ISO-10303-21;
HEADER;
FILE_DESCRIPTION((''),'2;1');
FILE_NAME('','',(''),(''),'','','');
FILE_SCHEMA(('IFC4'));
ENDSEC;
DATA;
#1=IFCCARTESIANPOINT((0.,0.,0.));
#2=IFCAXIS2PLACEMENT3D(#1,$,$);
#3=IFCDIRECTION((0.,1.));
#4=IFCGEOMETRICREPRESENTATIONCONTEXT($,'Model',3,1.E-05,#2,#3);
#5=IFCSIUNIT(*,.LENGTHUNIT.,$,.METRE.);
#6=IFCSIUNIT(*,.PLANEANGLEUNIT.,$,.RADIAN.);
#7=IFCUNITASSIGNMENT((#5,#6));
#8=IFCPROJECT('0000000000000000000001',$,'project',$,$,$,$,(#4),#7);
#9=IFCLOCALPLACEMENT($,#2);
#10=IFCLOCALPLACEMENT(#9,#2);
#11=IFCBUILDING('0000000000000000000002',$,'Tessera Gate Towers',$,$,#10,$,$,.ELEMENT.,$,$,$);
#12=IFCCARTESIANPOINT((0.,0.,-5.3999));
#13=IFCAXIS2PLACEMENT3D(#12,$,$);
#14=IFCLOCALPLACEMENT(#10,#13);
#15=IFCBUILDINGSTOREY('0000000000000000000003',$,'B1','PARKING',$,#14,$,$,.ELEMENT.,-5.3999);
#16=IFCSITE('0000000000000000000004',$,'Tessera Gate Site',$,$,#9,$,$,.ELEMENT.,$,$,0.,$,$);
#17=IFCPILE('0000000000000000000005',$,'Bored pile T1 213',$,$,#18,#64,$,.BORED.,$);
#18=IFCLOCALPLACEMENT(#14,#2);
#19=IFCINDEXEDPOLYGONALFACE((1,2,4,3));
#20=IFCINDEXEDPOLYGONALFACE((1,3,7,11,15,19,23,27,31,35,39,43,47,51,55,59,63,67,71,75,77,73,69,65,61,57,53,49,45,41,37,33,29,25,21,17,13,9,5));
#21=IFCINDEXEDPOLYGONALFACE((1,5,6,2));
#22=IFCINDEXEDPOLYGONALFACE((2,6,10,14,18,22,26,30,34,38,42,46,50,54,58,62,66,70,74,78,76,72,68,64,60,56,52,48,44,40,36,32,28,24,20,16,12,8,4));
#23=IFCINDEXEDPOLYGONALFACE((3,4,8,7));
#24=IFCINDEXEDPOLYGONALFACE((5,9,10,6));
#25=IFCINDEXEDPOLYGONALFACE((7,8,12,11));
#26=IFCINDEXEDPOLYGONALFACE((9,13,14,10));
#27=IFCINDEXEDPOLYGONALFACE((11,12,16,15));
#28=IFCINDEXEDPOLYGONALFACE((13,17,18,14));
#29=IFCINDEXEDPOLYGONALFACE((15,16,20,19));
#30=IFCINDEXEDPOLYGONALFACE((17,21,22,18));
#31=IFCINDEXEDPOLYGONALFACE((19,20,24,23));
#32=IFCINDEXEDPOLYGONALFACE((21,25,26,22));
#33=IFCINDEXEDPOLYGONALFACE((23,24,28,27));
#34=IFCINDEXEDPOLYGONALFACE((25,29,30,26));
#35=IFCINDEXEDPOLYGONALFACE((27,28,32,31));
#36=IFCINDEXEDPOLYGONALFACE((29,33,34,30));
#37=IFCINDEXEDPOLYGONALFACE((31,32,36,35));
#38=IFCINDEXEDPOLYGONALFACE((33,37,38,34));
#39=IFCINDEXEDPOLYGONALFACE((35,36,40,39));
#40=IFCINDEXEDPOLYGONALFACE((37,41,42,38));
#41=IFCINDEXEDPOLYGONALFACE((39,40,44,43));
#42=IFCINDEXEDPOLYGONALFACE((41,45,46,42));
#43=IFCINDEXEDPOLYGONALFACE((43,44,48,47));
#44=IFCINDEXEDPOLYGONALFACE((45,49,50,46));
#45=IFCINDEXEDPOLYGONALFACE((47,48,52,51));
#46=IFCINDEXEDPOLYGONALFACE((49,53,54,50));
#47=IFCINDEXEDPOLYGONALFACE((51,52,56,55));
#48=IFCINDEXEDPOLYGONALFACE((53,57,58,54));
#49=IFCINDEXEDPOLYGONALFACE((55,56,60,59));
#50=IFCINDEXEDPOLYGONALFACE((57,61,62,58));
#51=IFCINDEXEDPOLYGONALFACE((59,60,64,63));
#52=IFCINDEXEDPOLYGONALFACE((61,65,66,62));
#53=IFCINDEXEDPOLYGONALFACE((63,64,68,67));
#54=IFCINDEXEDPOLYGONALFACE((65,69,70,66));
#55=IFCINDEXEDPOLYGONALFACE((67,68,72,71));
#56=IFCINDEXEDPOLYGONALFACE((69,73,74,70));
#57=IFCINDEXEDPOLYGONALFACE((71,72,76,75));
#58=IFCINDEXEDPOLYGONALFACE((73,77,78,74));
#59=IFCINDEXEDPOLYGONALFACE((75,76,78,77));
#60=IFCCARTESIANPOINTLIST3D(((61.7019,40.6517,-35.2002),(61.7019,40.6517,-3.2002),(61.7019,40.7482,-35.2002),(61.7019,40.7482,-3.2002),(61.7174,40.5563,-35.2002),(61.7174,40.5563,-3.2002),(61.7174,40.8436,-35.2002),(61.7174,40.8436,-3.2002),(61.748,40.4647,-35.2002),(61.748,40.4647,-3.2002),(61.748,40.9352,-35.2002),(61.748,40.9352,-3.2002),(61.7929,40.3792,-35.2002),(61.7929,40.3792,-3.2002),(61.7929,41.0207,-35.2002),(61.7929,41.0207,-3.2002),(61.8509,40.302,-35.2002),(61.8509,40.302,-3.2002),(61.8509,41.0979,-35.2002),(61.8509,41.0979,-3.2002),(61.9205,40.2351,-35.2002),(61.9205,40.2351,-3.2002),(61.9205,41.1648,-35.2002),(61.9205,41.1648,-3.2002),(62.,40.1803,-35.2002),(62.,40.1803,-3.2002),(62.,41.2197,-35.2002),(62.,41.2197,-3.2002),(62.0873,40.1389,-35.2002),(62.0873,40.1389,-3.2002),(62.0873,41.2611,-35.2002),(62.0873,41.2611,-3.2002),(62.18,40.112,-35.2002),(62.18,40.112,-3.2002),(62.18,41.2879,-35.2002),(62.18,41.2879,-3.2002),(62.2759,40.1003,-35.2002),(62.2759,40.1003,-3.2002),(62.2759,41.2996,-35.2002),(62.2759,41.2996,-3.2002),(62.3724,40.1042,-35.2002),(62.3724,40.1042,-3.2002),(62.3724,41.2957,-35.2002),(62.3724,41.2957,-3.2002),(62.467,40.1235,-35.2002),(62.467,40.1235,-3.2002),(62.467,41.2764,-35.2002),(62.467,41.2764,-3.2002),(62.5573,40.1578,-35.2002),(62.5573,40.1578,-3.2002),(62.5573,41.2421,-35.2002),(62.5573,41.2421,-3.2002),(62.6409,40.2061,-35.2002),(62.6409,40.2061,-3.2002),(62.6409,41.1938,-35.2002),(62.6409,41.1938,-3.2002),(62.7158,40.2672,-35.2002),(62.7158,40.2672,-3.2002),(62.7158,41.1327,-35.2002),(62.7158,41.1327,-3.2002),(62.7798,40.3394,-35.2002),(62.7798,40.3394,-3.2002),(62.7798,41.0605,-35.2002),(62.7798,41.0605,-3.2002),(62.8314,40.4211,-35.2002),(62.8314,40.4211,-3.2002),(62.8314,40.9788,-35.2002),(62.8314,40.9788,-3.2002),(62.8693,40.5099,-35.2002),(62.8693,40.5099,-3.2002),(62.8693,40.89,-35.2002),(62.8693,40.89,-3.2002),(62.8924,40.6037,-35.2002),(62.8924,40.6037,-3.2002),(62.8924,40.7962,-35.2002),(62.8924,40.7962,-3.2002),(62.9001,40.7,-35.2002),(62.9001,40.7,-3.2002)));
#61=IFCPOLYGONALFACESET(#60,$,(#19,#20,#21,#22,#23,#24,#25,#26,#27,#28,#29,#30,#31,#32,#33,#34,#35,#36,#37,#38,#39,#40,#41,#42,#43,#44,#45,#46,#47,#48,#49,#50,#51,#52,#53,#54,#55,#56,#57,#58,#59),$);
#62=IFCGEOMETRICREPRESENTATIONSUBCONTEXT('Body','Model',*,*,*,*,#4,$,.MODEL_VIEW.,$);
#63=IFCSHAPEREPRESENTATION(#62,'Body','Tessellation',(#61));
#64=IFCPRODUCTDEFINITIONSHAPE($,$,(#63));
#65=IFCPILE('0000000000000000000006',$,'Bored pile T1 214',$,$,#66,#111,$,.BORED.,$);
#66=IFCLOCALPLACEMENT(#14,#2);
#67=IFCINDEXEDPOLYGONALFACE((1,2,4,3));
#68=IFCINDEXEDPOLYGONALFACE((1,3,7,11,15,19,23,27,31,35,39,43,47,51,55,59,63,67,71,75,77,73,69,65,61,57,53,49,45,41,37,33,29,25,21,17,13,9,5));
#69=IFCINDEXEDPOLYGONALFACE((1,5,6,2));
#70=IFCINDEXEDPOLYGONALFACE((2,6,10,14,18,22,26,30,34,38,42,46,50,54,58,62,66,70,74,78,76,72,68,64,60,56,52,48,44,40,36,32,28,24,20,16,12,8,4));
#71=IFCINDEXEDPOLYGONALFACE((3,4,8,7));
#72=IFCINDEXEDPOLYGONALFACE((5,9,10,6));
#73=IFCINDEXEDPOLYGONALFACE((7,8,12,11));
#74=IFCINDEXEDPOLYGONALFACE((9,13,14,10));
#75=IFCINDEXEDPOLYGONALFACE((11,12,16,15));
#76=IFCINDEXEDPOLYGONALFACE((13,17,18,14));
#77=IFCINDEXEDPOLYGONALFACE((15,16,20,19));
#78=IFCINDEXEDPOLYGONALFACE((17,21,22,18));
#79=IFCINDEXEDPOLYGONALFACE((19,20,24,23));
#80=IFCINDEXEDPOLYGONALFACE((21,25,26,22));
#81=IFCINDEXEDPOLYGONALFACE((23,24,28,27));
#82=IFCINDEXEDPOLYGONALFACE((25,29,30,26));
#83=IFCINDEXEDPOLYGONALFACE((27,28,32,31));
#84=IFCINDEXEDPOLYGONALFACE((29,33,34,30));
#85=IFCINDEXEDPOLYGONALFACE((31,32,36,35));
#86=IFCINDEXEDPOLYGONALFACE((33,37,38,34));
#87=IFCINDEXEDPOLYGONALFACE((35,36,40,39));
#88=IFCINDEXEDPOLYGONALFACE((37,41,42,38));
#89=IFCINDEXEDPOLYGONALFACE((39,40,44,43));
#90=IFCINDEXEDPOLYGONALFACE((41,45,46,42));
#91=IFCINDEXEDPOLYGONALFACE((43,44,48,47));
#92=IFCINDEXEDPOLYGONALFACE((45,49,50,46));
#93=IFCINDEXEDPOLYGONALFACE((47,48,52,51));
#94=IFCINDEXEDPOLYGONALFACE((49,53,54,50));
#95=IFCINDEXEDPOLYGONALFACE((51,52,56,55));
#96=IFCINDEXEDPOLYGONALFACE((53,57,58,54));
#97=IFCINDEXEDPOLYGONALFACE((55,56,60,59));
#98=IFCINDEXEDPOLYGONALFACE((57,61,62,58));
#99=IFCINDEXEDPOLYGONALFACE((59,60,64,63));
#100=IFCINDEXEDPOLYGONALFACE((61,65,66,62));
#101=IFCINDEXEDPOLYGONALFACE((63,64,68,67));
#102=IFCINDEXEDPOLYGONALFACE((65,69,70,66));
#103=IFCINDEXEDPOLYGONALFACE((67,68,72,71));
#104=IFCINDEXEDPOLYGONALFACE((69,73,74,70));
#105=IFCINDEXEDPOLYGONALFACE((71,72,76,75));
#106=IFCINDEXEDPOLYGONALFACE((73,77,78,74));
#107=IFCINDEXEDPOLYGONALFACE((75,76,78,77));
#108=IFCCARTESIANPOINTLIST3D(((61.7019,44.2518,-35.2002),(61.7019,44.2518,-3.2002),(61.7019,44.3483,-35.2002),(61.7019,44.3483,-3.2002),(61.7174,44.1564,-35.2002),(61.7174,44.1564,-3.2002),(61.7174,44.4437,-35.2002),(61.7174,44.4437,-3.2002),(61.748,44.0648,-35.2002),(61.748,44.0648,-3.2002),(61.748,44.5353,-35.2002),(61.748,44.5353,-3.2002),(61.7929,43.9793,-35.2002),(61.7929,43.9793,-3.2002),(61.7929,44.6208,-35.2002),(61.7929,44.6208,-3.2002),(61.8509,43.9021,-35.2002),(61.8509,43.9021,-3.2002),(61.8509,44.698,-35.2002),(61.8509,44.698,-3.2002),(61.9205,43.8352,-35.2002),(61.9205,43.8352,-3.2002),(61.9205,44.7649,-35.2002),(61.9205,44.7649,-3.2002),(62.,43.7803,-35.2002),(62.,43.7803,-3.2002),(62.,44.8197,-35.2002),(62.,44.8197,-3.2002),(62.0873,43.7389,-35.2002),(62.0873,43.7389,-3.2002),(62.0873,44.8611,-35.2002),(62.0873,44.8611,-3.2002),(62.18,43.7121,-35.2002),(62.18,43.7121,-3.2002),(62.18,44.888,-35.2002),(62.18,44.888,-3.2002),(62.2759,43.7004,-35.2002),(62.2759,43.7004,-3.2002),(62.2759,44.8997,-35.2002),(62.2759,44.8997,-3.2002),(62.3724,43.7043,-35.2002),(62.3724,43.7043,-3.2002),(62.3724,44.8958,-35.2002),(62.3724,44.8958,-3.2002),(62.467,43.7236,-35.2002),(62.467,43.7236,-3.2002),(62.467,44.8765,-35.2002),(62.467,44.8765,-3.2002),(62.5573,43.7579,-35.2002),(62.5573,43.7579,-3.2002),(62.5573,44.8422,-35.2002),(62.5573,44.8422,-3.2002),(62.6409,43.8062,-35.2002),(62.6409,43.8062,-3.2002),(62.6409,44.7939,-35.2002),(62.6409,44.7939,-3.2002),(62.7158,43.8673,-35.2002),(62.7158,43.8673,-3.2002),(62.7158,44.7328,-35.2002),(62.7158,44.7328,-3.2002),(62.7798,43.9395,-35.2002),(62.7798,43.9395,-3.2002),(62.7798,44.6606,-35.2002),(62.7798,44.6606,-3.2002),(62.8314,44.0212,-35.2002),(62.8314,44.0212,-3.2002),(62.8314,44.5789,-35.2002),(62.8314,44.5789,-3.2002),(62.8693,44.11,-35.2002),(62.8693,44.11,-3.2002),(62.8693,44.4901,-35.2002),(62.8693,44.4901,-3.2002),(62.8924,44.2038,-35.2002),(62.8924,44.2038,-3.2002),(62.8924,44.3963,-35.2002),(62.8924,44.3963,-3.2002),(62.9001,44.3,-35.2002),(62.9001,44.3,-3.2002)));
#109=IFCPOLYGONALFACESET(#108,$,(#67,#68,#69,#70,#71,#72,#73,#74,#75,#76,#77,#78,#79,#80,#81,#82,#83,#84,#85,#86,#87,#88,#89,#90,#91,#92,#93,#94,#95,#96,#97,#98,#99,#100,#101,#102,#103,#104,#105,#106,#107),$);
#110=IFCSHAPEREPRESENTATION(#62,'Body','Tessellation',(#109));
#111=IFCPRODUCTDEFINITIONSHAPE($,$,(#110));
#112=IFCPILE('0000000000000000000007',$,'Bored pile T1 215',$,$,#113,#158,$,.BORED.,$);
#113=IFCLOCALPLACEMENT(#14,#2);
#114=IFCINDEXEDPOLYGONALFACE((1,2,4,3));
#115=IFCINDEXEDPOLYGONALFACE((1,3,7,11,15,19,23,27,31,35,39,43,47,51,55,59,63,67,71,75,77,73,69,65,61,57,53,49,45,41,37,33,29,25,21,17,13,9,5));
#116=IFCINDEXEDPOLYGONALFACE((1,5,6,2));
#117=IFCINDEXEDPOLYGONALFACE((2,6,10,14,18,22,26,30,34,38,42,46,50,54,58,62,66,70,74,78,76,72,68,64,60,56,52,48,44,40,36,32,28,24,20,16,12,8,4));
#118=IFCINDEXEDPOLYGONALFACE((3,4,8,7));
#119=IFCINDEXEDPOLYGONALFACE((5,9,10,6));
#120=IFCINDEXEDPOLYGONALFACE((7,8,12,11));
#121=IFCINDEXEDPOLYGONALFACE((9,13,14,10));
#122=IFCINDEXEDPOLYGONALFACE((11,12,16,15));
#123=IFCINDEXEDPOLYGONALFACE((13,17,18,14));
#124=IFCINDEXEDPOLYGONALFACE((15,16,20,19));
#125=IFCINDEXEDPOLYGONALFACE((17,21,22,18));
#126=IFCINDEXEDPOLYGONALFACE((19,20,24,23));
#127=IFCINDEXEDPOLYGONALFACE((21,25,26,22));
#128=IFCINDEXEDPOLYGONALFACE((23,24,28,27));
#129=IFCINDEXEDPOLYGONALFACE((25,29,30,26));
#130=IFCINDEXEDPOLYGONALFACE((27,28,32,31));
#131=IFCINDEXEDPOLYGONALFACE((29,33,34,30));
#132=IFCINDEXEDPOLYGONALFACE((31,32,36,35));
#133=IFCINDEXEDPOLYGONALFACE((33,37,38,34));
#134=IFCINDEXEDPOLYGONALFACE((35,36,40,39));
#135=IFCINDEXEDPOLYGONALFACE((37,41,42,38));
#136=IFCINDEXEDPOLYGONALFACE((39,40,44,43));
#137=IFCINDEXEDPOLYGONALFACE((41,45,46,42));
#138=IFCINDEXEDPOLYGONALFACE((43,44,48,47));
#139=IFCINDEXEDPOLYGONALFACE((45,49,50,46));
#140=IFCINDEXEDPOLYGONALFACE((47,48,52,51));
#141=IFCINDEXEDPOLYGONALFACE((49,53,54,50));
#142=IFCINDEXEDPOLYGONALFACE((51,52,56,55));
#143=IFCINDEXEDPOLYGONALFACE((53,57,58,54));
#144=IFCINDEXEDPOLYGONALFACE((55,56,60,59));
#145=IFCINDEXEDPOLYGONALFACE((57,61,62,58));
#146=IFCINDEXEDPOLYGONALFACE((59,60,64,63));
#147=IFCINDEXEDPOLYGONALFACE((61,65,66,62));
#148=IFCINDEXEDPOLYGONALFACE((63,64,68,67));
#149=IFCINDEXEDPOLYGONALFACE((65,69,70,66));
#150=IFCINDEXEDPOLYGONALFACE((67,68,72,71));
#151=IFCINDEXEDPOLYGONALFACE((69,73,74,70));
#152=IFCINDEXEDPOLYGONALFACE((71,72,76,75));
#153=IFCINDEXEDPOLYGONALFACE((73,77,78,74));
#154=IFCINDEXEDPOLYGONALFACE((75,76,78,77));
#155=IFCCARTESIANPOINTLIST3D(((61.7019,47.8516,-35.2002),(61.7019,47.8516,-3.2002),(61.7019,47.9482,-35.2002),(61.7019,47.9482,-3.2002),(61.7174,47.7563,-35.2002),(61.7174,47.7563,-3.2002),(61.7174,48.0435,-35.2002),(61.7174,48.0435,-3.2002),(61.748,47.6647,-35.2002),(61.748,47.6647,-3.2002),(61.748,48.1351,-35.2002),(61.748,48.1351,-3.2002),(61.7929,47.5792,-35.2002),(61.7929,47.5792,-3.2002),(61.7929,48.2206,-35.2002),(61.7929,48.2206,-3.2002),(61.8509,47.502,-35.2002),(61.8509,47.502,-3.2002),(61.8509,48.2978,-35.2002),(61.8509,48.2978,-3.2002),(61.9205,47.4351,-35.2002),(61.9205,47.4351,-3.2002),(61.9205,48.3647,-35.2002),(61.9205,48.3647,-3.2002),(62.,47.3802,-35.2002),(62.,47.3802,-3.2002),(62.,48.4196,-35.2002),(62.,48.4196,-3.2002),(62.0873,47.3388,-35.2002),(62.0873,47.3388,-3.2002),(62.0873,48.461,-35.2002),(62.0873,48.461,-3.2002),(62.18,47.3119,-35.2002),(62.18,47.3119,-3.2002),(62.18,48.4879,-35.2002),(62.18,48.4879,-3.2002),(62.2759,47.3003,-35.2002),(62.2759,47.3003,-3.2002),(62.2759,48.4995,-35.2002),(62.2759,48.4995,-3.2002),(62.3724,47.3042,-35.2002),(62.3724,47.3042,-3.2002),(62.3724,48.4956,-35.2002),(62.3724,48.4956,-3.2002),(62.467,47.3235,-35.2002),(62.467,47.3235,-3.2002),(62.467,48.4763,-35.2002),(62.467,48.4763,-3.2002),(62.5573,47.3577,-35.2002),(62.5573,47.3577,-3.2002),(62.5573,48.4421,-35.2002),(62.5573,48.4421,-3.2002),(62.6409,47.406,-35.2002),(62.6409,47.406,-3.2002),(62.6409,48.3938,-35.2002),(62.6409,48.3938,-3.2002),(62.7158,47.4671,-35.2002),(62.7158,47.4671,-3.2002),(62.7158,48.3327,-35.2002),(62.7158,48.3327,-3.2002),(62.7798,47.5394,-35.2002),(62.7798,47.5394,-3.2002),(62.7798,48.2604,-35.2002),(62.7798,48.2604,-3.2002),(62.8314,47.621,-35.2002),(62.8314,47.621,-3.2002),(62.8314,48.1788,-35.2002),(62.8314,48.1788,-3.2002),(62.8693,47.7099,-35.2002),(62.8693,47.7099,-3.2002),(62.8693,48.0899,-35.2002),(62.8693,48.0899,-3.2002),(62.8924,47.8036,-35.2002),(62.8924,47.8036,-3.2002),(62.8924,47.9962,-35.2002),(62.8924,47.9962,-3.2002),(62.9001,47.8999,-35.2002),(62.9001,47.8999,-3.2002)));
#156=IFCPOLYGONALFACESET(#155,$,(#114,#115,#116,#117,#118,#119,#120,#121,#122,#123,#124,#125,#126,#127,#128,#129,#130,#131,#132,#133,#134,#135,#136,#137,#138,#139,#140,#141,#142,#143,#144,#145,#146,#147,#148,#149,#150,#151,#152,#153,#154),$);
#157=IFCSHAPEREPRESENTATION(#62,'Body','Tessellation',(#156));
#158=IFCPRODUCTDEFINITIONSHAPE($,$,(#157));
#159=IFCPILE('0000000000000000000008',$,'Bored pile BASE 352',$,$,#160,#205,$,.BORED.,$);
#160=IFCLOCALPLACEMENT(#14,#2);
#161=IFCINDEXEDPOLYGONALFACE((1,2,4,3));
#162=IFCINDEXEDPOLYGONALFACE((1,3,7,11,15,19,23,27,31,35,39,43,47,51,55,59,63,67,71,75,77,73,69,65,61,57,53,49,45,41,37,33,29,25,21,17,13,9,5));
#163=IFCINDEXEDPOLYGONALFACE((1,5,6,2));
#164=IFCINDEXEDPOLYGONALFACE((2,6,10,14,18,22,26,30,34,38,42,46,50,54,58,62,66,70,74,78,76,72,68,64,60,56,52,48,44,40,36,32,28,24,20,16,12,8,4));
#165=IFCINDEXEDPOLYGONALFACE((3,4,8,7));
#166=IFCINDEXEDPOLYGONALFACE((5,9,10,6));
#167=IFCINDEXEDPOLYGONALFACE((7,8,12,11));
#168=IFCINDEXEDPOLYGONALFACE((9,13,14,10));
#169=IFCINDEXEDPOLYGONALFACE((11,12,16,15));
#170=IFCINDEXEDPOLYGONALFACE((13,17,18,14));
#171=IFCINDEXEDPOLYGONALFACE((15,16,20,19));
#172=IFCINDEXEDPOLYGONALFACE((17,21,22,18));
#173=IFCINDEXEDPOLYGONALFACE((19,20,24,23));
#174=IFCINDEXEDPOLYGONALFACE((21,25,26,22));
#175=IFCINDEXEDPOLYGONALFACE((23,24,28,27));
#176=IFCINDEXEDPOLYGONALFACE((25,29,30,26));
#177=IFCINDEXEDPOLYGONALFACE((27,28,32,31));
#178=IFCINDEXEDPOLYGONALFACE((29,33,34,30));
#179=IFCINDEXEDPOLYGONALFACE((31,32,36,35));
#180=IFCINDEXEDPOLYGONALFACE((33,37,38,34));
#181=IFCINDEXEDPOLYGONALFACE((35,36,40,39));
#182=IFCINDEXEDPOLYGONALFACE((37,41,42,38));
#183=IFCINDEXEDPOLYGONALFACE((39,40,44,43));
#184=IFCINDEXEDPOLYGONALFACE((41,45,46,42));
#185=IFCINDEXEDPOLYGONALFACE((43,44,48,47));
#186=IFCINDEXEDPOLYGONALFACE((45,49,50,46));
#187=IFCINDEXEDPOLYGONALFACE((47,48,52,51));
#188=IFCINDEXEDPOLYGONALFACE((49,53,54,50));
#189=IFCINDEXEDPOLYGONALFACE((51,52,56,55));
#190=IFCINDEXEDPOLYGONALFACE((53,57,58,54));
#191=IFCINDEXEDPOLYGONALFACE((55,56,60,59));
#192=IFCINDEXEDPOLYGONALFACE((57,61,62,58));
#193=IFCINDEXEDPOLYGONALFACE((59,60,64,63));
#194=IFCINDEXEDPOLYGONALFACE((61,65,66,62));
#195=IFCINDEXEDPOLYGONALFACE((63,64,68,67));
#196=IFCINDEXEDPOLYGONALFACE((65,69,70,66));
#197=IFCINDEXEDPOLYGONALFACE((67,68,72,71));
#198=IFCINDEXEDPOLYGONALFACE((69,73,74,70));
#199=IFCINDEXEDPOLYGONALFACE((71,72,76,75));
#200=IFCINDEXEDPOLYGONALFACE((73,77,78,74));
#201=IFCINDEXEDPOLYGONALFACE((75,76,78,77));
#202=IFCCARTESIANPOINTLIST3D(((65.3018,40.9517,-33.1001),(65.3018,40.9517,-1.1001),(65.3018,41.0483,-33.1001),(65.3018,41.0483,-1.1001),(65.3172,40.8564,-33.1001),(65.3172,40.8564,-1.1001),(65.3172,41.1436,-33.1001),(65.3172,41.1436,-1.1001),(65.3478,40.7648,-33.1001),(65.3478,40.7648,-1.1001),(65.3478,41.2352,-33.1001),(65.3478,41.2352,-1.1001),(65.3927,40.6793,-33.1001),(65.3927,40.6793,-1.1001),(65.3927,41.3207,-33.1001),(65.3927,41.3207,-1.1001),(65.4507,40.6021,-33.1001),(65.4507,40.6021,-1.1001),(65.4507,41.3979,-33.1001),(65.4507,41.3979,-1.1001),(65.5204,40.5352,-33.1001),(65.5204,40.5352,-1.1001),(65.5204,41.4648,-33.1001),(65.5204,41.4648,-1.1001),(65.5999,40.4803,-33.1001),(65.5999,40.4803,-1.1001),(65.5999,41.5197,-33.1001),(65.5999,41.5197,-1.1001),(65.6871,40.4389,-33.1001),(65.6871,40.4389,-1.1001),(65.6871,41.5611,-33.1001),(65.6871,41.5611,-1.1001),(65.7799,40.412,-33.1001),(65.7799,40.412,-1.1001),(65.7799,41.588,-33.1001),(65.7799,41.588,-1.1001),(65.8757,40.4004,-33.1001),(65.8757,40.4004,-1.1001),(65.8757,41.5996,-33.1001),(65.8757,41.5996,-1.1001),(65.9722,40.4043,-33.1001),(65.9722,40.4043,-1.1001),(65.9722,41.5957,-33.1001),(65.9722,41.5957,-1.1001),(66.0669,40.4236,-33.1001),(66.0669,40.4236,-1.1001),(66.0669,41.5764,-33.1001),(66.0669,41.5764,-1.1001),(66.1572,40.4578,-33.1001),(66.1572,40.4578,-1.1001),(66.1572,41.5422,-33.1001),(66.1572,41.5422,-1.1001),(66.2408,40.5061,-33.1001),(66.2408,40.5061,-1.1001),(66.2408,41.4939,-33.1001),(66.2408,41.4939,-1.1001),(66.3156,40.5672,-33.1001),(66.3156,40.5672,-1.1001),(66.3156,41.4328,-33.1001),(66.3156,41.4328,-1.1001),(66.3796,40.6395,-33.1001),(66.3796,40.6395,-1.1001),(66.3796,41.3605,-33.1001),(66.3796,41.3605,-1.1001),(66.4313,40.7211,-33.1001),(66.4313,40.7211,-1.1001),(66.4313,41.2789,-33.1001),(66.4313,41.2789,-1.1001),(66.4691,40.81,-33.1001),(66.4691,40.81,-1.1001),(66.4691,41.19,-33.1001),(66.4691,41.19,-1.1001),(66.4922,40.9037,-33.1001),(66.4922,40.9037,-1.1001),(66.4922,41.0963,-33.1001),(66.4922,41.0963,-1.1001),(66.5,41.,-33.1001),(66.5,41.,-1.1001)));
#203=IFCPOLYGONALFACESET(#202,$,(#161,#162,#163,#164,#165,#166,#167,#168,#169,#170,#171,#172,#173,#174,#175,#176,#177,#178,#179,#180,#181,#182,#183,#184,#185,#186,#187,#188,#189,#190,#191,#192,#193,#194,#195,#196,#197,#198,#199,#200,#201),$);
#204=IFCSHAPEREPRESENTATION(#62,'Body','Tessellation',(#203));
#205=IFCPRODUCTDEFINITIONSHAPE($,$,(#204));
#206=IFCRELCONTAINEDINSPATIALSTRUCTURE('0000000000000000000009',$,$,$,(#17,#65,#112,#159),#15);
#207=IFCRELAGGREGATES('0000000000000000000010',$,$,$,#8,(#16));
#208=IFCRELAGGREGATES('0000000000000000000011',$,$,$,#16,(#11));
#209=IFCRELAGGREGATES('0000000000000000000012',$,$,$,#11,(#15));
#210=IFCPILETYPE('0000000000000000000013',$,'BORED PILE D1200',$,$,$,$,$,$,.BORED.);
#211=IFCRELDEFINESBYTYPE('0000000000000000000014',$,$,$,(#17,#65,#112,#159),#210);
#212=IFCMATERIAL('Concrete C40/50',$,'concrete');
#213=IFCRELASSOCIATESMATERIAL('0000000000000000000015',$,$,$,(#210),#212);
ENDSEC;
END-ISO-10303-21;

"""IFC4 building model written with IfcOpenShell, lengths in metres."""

from ifc_helpers import new_model, si_unit, direction, frame, origin, origin_2d, place, context, subcontext, project, spatial, circle, extrude, material, material_profile, profile_set, type_object, element, save


model = new_model("IFC4")

# Units and contexts
model_context = context("Model", 3, precision=1e-05, world=origin(), true_north=direction((0.0, 1.0)))
body_context = subcontext(model_context, "Body", "Model", "MODEL_VIEW")
ifc_project = project(units=[si_unit("LENGTHUNIT", "METRE"), si_unit("PLANEANGLEUNIT", "RADIAN")], contexts=[model_context])

# Site, building, storey
site_placement = place(None, origin())
site = spatial("IfcSite", under=ifc_project, at=site_placement, Name="Tessera Gate Site", CompositionType="ELEMENT", RefElevation=0.0)
building_placement = place(site_placement, origin())
building = spatial("IfcBuilding", under=site, at=building_placement, Name="Tessera Gate Towers", CompositionType="ELEMENT")
storey_placement = place(building_placement, frame((0.0, 0.0, -5.3999)))
storey = spatial("IfcBuildingStorey", under=building, at=storey_placement, Name="B1", Description="PARKING", CompositionType="ELEMENT", Elevation=-5.3999)

# Piles
ifc_material_1 = material(Name="Concrete C40/50", Category="concrete")
ifc_material_profile_1 = material_profile(ifc_material_1, circle(Radius=0.6001, at=origin_2d()), Name="BORED PILE D1200")
ifc_profile_set_1 = profile_set([ifc_material_profile_1], Name="Concrete C40/50")
pile_type = type_object("IfcPileType", Name="BORED PILE D1200", PredefinedType="BORED", material=ifc_profile_set_1)
for number, where, z_axis, x_axis, name in (
    (1, (62.3, 40.7, -3.2002), (0.0, 0.0, -1.0), (1.0, 0.0, 0.0), "Bored pile T1 213"),
    (2, (62.3, 44.3, -3.2002), (0.0, 0.0, -1.0), (1.0, 0.0, 0.0), "Bored pile T1 214"),
    (3, (62.3, 47.8999, -3.2002), (0.0, 0.0, -1.0), (1.0, 0.0, 0.0), "Bored pile T1 215"),
    (4, (65.8999, 41.0, -1.1001), (0.0, 0.0, -1.0), (1.0, 0.0, 0.0), "Bored pile BASE 352"),
):
    element("IfcPile", number, at=place(storey_placement, frame(where, z_axis=z_axis, x_axis=x_axis)), inside=storey, type_object=pile_type, Name=name, PredefinedType="BORED", context=body_context, shape_type="SweptSolid", body=[
        extrude(circle(Radius=0.6001, at=origin_2d()), origin(), (0.0, 0.0, 1.0), 32.0),
    ])

save(model, "model.ifc")
